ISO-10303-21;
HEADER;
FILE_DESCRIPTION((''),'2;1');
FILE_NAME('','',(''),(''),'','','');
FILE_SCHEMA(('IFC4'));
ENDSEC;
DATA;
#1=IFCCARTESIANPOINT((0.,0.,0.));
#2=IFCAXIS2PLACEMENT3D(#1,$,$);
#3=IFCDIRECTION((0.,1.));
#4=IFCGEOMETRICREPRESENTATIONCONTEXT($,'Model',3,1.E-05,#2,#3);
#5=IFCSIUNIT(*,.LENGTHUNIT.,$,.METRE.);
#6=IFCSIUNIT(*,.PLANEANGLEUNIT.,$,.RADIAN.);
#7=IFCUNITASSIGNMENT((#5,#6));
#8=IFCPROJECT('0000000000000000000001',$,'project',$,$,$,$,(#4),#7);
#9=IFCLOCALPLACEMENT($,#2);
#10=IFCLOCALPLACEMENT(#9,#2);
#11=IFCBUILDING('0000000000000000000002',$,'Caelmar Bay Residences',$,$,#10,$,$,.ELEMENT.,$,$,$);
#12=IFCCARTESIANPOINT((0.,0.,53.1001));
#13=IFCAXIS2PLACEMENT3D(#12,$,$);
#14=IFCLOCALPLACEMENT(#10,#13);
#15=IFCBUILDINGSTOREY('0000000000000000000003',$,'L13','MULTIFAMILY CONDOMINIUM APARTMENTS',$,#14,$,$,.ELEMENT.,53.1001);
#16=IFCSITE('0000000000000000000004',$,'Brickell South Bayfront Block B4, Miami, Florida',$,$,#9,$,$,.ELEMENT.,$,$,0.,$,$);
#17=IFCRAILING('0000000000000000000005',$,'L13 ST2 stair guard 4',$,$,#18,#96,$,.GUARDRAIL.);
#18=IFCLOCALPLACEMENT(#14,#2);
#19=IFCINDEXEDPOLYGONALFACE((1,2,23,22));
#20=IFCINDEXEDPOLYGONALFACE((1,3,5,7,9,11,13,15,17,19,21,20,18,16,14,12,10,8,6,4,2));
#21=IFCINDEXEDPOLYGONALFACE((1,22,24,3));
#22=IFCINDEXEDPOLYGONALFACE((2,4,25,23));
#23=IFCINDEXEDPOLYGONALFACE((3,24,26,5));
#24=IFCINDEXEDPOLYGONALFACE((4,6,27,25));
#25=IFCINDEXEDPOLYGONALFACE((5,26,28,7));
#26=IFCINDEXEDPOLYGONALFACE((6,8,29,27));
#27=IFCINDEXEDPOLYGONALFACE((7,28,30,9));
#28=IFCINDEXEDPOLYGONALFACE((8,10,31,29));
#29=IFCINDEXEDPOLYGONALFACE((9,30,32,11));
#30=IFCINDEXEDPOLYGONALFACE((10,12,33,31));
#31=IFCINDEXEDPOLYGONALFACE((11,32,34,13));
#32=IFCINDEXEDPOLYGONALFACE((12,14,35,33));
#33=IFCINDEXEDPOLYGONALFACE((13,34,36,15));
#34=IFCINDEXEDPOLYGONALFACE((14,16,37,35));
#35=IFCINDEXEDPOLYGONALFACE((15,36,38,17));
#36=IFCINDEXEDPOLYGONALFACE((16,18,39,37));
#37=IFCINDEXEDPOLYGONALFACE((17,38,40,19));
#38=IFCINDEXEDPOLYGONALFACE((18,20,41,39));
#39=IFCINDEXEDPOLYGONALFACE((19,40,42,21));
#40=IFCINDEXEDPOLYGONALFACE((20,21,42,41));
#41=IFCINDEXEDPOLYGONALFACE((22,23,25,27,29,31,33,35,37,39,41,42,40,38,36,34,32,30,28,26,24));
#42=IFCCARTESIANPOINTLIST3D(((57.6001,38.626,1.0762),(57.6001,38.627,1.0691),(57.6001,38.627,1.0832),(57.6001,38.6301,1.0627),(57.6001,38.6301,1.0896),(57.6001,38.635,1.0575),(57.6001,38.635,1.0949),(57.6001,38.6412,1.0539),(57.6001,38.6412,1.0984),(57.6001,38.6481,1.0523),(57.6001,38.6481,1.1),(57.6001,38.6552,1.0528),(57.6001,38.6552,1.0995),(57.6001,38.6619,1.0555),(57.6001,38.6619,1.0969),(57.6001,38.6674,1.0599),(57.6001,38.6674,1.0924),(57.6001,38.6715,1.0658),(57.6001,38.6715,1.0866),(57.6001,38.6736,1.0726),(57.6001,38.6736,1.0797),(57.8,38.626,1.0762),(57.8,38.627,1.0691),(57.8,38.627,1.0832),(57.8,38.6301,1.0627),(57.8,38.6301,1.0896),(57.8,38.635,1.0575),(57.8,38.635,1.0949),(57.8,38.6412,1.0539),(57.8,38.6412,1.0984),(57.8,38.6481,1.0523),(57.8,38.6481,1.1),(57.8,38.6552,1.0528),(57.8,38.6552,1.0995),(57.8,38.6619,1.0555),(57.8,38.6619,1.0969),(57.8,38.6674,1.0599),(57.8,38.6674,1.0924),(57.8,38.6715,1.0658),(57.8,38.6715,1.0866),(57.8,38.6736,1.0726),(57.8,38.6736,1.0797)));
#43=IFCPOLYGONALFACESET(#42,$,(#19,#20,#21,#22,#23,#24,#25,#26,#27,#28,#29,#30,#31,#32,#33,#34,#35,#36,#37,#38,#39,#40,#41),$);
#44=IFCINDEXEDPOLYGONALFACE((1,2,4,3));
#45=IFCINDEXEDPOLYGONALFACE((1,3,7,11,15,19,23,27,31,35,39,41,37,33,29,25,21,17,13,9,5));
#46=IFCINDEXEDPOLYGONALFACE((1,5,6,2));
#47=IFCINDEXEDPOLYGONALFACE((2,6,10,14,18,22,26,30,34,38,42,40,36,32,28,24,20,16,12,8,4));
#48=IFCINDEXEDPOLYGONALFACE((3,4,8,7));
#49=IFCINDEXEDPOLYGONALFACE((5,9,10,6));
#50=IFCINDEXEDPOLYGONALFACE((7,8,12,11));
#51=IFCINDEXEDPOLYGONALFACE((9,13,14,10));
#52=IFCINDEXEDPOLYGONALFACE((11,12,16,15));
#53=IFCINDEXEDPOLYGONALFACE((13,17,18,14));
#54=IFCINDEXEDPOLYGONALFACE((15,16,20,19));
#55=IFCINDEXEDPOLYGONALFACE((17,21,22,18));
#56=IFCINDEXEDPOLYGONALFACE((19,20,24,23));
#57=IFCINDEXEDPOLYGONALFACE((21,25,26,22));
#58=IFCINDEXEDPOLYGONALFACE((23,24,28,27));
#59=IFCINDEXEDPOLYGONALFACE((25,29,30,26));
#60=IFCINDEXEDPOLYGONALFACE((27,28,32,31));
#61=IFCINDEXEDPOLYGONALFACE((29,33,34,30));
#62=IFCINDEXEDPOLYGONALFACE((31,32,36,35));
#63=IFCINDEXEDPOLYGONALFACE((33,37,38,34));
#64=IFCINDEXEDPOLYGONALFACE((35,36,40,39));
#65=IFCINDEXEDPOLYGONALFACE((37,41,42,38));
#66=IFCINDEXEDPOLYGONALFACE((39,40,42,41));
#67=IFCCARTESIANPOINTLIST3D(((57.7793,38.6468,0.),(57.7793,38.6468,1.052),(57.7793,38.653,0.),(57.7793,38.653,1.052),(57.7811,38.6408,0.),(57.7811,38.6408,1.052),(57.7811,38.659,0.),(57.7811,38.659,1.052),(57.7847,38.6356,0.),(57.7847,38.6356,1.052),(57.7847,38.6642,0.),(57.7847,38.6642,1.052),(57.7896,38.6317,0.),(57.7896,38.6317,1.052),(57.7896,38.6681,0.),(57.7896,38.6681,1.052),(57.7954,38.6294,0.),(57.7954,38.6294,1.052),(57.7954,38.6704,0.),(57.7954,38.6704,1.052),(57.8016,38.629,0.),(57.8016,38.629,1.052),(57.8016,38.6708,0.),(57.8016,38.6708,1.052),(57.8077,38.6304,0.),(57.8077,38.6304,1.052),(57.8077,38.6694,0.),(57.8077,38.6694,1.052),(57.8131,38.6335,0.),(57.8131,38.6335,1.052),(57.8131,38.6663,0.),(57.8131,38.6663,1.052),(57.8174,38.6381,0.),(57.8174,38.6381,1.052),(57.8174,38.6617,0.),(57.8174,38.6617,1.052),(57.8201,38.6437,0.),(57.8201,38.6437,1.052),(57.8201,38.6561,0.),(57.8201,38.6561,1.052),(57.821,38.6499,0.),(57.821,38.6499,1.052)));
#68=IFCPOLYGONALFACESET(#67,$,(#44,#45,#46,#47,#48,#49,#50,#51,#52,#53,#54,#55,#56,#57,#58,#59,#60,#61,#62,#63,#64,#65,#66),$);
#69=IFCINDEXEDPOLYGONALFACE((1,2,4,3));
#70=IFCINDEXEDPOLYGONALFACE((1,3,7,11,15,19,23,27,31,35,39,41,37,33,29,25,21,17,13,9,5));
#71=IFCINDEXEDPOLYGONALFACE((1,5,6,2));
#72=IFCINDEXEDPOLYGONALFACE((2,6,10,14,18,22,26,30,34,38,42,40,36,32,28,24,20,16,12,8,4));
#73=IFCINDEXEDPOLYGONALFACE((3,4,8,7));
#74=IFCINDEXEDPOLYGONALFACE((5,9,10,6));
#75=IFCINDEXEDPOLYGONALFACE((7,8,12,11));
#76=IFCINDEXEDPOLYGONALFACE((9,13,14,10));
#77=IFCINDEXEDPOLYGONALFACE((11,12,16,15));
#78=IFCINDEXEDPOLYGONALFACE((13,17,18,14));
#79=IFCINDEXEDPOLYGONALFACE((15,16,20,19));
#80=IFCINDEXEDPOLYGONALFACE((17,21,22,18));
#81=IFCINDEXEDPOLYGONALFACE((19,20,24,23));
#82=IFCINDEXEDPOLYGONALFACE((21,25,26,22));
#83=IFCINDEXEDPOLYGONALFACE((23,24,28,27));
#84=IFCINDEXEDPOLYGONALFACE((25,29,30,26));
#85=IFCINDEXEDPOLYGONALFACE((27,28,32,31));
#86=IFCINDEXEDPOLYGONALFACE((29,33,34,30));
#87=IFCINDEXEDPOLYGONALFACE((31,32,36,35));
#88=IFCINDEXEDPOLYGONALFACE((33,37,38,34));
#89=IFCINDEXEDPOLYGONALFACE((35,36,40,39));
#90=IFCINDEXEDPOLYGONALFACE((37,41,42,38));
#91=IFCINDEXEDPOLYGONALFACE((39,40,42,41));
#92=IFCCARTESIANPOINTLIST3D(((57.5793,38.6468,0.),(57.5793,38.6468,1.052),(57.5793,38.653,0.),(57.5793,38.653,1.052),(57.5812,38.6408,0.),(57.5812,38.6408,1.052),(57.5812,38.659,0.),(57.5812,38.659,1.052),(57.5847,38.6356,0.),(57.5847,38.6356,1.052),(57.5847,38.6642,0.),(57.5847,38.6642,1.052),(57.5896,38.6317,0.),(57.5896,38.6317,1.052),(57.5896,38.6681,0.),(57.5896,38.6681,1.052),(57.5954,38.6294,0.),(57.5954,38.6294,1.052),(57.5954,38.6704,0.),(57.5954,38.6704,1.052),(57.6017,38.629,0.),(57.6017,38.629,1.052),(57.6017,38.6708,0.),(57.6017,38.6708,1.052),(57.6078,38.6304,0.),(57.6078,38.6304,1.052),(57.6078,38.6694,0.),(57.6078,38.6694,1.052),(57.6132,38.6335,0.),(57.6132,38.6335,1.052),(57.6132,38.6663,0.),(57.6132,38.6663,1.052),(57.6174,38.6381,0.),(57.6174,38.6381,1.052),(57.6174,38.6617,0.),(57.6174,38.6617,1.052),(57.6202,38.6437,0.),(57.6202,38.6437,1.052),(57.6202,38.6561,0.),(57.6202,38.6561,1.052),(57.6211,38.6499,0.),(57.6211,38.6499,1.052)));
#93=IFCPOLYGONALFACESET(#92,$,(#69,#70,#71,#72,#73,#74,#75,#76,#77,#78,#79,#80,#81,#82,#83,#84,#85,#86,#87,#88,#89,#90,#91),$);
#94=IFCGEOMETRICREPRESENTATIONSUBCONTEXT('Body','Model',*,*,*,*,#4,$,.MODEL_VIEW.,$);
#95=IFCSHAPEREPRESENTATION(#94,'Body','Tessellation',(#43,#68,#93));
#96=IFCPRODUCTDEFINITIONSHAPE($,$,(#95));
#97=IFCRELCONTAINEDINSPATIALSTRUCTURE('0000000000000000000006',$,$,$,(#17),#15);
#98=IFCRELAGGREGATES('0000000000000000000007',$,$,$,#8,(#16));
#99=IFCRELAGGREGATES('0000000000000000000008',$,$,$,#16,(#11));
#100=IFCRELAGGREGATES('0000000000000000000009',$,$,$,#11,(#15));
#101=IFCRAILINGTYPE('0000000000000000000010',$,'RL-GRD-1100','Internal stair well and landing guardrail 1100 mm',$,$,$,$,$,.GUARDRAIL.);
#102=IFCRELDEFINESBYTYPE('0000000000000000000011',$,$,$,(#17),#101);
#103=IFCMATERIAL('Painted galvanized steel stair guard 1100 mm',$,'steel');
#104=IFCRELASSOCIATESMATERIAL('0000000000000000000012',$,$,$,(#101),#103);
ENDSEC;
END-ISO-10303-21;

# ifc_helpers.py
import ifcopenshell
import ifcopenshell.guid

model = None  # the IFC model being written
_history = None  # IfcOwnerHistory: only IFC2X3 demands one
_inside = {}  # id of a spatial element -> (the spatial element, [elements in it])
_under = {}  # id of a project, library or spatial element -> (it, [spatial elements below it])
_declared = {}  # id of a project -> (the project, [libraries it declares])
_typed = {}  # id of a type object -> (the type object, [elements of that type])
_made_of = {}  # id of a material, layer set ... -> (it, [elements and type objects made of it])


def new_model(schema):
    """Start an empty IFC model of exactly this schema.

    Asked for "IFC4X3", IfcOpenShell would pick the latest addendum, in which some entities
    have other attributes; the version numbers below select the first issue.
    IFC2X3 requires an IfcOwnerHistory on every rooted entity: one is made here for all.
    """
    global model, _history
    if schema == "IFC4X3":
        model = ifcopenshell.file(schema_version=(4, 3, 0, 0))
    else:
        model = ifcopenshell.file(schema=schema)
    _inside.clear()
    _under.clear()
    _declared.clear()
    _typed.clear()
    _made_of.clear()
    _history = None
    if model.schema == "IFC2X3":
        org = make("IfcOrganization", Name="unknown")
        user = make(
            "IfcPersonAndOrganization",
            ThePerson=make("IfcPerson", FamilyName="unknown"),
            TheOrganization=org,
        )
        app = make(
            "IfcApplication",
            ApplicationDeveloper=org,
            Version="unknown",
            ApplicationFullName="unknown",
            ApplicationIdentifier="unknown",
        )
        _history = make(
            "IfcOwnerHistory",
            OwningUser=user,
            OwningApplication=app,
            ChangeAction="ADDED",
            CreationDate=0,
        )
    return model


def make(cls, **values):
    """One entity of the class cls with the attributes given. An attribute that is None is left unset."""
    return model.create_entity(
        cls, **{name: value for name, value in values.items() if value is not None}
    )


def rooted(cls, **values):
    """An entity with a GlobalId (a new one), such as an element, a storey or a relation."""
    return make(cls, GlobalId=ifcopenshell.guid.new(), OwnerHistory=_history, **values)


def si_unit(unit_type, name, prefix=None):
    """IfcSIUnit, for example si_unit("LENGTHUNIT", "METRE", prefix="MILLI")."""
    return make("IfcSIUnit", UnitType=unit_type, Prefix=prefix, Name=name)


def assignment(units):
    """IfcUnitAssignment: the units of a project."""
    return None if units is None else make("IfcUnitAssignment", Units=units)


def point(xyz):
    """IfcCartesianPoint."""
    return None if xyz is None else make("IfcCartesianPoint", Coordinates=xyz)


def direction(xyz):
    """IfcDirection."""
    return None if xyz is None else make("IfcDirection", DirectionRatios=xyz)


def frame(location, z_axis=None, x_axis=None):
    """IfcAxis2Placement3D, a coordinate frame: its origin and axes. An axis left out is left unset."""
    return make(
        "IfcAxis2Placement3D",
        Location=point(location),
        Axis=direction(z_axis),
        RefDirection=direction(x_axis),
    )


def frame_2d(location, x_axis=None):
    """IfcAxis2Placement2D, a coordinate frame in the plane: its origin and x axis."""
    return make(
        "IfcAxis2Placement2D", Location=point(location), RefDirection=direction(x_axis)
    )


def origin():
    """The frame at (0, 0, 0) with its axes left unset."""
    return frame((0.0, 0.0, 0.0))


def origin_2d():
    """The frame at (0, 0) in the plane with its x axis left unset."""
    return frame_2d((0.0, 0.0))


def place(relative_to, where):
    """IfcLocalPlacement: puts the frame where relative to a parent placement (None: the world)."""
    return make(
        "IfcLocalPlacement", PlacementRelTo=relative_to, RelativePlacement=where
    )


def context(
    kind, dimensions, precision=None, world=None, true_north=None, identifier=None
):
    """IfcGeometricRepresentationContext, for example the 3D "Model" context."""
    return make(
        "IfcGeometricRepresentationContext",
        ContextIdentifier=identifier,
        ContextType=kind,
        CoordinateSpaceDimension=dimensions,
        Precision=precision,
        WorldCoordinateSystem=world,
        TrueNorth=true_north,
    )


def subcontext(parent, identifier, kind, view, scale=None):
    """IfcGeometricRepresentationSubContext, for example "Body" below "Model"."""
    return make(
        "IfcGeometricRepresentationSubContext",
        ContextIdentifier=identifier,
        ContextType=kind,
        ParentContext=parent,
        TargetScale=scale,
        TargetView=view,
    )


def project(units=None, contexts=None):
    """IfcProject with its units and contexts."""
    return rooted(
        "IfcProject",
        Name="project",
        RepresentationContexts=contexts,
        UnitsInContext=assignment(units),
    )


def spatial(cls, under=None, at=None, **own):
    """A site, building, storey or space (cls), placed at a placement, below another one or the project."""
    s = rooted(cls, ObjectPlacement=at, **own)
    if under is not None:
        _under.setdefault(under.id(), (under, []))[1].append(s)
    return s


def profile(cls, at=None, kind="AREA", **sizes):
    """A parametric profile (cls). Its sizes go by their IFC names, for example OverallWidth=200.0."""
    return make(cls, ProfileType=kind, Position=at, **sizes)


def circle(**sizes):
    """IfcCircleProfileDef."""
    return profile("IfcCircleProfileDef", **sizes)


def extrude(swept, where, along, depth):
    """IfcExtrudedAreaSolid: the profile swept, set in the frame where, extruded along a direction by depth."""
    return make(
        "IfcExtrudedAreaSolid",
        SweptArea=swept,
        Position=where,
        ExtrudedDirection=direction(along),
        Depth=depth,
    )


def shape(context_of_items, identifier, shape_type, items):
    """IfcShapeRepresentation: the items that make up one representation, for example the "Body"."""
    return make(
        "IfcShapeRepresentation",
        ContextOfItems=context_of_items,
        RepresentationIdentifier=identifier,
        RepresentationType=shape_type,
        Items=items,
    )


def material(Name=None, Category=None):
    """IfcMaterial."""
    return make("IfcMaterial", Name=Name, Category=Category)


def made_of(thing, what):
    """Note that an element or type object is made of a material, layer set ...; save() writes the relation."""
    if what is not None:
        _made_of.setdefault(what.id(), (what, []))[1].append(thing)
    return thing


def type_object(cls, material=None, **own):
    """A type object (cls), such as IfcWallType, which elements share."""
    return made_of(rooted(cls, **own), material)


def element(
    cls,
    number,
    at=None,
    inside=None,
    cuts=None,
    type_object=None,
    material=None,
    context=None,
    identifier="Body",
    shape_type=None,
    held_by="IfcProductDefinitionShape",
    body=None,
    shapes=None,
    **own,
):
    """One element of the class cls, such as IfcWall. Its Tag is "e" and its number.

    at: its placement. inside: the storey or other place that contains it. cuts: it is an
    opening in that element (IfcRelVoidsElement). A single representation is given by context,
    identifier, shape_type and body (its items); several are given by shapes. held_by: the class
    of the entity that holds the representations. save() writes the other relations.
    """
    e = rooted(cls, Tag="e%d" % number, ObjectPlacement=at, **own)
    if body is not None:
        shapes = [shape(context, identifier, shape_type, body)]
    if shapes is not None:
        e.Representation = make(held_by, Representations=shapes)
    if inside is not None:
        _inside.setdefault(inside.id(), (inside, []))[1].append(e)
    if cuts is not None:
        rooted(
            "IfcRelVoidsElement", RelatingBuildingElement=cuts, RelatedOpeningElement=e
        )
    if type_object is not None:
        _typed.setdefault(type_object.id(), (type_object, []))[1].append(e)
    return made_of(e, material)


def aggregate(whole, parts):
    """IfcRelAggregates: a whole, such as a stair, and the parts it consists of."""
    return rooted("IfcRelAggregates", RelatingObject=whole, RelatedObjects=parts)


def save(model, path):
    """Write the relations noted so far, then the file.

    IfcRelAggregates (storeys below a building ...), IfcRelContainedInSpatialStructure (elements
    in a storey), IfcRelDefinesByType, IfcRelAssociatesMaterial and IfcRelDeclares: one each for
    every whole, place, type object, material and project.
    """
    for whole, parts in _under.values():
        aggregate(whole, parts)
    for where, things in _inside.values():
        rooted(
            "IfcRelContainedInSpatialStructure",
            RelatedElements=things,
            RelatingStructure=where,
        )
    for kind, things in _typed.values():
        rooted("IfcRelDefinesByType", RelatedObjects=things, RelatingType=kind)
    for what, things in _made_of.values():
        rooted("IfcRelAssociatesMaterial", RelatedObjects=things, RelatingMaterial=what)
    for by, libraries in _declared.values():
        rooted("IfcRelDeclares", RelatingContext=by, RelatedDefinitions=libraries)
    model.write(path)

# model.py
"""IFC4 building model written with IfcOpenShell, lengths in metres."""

from ifc_helpers import new_model, si_unit, direction, frame, origin, origin_2d, place, context, subcontext, project, spatial, circle, extrude, material, type_object, element, save


model = new_model("IFC4")

# Units and contexts
model_context = context("Model", 3, precision=1e-05, world=origin(), true_north=direction((0.0, 1.0)))
body_context = subcontext(model_context, "Body", "Model", "MODEL_VIEW")
ifc_project = project(units=[si_unit("LENGTHUNIT", "METRE"), si_unit("PLANEANGLEUNIT", "RADIAN")], contexts=[model_context])

# Site, building, storey
site_placement = place(None, origin())
site = spatial("IfcSite", under=ifc_project, at=site_placement, Name="Brickell South Bayfront Block B4, Miami, Florida", CompositionType="ELEMENT", RefElevation=0.0)
building_placement = place(site_placement, origin())
building = spatial("IfcBuilding", under=site, at=building_placement, Name="Caelmar Bay Residences", CompositionType="ELEMENT")
storey_placement = place(building_placement, frame((0.0, 0.0, 53.1001)))
storey = spatial("IfcBuildingStorey", under=building, at=storey_placement, Name="L13", Description="MULTIFAMILY CONDOMINIUM APARTMENTS", CompositionType="ELEMENT", Elevation=53.1001)

# Railing
ifc_material_1 = material(Name="Painted galvanized steel stair guard 1100 mm", Category="steel")
railing_type_1 = type_object("IfcRailingType", Name="RL-GRD-1100", Description="Internal stair well and landing guardrail 1100 mm", PredefinedType="GUARDRAIL", material=ifc_material_1)
railing_1_placement = place(storey_placement, frame((57.8, 38.6499, 0.0)))
element("IfcRailing", 1, at=railing_1_placement, inside=storey, type_object=railing_type_1, Name="L13 ST2 stair guard 4", PredefinedType="GUARDRAIL", context=body_context, shape_type="SweptSolid", body=[
    extrude(circle(Radius=0.0239, at=origin_2d()), frame((0.0, 0.0, 1.0762), z_axis=(-1.0, 0.0, 0.0), x_axis=(0.0, -1.0, 0.0)), (0.0, 0.0, 1.0), 0.2),
    extrude(circle(Radius=0.021, at=origin_2d()), origin(), (0.0, 0.0, 1.0), 1.052),
    extrude(circle(Radius=0.021, at=origin_2d()), frame((-0.2, 0.0, 0.0)), (0.0, 0.0, 1.0), 1.052),
])

save(model, "model.ifc")
